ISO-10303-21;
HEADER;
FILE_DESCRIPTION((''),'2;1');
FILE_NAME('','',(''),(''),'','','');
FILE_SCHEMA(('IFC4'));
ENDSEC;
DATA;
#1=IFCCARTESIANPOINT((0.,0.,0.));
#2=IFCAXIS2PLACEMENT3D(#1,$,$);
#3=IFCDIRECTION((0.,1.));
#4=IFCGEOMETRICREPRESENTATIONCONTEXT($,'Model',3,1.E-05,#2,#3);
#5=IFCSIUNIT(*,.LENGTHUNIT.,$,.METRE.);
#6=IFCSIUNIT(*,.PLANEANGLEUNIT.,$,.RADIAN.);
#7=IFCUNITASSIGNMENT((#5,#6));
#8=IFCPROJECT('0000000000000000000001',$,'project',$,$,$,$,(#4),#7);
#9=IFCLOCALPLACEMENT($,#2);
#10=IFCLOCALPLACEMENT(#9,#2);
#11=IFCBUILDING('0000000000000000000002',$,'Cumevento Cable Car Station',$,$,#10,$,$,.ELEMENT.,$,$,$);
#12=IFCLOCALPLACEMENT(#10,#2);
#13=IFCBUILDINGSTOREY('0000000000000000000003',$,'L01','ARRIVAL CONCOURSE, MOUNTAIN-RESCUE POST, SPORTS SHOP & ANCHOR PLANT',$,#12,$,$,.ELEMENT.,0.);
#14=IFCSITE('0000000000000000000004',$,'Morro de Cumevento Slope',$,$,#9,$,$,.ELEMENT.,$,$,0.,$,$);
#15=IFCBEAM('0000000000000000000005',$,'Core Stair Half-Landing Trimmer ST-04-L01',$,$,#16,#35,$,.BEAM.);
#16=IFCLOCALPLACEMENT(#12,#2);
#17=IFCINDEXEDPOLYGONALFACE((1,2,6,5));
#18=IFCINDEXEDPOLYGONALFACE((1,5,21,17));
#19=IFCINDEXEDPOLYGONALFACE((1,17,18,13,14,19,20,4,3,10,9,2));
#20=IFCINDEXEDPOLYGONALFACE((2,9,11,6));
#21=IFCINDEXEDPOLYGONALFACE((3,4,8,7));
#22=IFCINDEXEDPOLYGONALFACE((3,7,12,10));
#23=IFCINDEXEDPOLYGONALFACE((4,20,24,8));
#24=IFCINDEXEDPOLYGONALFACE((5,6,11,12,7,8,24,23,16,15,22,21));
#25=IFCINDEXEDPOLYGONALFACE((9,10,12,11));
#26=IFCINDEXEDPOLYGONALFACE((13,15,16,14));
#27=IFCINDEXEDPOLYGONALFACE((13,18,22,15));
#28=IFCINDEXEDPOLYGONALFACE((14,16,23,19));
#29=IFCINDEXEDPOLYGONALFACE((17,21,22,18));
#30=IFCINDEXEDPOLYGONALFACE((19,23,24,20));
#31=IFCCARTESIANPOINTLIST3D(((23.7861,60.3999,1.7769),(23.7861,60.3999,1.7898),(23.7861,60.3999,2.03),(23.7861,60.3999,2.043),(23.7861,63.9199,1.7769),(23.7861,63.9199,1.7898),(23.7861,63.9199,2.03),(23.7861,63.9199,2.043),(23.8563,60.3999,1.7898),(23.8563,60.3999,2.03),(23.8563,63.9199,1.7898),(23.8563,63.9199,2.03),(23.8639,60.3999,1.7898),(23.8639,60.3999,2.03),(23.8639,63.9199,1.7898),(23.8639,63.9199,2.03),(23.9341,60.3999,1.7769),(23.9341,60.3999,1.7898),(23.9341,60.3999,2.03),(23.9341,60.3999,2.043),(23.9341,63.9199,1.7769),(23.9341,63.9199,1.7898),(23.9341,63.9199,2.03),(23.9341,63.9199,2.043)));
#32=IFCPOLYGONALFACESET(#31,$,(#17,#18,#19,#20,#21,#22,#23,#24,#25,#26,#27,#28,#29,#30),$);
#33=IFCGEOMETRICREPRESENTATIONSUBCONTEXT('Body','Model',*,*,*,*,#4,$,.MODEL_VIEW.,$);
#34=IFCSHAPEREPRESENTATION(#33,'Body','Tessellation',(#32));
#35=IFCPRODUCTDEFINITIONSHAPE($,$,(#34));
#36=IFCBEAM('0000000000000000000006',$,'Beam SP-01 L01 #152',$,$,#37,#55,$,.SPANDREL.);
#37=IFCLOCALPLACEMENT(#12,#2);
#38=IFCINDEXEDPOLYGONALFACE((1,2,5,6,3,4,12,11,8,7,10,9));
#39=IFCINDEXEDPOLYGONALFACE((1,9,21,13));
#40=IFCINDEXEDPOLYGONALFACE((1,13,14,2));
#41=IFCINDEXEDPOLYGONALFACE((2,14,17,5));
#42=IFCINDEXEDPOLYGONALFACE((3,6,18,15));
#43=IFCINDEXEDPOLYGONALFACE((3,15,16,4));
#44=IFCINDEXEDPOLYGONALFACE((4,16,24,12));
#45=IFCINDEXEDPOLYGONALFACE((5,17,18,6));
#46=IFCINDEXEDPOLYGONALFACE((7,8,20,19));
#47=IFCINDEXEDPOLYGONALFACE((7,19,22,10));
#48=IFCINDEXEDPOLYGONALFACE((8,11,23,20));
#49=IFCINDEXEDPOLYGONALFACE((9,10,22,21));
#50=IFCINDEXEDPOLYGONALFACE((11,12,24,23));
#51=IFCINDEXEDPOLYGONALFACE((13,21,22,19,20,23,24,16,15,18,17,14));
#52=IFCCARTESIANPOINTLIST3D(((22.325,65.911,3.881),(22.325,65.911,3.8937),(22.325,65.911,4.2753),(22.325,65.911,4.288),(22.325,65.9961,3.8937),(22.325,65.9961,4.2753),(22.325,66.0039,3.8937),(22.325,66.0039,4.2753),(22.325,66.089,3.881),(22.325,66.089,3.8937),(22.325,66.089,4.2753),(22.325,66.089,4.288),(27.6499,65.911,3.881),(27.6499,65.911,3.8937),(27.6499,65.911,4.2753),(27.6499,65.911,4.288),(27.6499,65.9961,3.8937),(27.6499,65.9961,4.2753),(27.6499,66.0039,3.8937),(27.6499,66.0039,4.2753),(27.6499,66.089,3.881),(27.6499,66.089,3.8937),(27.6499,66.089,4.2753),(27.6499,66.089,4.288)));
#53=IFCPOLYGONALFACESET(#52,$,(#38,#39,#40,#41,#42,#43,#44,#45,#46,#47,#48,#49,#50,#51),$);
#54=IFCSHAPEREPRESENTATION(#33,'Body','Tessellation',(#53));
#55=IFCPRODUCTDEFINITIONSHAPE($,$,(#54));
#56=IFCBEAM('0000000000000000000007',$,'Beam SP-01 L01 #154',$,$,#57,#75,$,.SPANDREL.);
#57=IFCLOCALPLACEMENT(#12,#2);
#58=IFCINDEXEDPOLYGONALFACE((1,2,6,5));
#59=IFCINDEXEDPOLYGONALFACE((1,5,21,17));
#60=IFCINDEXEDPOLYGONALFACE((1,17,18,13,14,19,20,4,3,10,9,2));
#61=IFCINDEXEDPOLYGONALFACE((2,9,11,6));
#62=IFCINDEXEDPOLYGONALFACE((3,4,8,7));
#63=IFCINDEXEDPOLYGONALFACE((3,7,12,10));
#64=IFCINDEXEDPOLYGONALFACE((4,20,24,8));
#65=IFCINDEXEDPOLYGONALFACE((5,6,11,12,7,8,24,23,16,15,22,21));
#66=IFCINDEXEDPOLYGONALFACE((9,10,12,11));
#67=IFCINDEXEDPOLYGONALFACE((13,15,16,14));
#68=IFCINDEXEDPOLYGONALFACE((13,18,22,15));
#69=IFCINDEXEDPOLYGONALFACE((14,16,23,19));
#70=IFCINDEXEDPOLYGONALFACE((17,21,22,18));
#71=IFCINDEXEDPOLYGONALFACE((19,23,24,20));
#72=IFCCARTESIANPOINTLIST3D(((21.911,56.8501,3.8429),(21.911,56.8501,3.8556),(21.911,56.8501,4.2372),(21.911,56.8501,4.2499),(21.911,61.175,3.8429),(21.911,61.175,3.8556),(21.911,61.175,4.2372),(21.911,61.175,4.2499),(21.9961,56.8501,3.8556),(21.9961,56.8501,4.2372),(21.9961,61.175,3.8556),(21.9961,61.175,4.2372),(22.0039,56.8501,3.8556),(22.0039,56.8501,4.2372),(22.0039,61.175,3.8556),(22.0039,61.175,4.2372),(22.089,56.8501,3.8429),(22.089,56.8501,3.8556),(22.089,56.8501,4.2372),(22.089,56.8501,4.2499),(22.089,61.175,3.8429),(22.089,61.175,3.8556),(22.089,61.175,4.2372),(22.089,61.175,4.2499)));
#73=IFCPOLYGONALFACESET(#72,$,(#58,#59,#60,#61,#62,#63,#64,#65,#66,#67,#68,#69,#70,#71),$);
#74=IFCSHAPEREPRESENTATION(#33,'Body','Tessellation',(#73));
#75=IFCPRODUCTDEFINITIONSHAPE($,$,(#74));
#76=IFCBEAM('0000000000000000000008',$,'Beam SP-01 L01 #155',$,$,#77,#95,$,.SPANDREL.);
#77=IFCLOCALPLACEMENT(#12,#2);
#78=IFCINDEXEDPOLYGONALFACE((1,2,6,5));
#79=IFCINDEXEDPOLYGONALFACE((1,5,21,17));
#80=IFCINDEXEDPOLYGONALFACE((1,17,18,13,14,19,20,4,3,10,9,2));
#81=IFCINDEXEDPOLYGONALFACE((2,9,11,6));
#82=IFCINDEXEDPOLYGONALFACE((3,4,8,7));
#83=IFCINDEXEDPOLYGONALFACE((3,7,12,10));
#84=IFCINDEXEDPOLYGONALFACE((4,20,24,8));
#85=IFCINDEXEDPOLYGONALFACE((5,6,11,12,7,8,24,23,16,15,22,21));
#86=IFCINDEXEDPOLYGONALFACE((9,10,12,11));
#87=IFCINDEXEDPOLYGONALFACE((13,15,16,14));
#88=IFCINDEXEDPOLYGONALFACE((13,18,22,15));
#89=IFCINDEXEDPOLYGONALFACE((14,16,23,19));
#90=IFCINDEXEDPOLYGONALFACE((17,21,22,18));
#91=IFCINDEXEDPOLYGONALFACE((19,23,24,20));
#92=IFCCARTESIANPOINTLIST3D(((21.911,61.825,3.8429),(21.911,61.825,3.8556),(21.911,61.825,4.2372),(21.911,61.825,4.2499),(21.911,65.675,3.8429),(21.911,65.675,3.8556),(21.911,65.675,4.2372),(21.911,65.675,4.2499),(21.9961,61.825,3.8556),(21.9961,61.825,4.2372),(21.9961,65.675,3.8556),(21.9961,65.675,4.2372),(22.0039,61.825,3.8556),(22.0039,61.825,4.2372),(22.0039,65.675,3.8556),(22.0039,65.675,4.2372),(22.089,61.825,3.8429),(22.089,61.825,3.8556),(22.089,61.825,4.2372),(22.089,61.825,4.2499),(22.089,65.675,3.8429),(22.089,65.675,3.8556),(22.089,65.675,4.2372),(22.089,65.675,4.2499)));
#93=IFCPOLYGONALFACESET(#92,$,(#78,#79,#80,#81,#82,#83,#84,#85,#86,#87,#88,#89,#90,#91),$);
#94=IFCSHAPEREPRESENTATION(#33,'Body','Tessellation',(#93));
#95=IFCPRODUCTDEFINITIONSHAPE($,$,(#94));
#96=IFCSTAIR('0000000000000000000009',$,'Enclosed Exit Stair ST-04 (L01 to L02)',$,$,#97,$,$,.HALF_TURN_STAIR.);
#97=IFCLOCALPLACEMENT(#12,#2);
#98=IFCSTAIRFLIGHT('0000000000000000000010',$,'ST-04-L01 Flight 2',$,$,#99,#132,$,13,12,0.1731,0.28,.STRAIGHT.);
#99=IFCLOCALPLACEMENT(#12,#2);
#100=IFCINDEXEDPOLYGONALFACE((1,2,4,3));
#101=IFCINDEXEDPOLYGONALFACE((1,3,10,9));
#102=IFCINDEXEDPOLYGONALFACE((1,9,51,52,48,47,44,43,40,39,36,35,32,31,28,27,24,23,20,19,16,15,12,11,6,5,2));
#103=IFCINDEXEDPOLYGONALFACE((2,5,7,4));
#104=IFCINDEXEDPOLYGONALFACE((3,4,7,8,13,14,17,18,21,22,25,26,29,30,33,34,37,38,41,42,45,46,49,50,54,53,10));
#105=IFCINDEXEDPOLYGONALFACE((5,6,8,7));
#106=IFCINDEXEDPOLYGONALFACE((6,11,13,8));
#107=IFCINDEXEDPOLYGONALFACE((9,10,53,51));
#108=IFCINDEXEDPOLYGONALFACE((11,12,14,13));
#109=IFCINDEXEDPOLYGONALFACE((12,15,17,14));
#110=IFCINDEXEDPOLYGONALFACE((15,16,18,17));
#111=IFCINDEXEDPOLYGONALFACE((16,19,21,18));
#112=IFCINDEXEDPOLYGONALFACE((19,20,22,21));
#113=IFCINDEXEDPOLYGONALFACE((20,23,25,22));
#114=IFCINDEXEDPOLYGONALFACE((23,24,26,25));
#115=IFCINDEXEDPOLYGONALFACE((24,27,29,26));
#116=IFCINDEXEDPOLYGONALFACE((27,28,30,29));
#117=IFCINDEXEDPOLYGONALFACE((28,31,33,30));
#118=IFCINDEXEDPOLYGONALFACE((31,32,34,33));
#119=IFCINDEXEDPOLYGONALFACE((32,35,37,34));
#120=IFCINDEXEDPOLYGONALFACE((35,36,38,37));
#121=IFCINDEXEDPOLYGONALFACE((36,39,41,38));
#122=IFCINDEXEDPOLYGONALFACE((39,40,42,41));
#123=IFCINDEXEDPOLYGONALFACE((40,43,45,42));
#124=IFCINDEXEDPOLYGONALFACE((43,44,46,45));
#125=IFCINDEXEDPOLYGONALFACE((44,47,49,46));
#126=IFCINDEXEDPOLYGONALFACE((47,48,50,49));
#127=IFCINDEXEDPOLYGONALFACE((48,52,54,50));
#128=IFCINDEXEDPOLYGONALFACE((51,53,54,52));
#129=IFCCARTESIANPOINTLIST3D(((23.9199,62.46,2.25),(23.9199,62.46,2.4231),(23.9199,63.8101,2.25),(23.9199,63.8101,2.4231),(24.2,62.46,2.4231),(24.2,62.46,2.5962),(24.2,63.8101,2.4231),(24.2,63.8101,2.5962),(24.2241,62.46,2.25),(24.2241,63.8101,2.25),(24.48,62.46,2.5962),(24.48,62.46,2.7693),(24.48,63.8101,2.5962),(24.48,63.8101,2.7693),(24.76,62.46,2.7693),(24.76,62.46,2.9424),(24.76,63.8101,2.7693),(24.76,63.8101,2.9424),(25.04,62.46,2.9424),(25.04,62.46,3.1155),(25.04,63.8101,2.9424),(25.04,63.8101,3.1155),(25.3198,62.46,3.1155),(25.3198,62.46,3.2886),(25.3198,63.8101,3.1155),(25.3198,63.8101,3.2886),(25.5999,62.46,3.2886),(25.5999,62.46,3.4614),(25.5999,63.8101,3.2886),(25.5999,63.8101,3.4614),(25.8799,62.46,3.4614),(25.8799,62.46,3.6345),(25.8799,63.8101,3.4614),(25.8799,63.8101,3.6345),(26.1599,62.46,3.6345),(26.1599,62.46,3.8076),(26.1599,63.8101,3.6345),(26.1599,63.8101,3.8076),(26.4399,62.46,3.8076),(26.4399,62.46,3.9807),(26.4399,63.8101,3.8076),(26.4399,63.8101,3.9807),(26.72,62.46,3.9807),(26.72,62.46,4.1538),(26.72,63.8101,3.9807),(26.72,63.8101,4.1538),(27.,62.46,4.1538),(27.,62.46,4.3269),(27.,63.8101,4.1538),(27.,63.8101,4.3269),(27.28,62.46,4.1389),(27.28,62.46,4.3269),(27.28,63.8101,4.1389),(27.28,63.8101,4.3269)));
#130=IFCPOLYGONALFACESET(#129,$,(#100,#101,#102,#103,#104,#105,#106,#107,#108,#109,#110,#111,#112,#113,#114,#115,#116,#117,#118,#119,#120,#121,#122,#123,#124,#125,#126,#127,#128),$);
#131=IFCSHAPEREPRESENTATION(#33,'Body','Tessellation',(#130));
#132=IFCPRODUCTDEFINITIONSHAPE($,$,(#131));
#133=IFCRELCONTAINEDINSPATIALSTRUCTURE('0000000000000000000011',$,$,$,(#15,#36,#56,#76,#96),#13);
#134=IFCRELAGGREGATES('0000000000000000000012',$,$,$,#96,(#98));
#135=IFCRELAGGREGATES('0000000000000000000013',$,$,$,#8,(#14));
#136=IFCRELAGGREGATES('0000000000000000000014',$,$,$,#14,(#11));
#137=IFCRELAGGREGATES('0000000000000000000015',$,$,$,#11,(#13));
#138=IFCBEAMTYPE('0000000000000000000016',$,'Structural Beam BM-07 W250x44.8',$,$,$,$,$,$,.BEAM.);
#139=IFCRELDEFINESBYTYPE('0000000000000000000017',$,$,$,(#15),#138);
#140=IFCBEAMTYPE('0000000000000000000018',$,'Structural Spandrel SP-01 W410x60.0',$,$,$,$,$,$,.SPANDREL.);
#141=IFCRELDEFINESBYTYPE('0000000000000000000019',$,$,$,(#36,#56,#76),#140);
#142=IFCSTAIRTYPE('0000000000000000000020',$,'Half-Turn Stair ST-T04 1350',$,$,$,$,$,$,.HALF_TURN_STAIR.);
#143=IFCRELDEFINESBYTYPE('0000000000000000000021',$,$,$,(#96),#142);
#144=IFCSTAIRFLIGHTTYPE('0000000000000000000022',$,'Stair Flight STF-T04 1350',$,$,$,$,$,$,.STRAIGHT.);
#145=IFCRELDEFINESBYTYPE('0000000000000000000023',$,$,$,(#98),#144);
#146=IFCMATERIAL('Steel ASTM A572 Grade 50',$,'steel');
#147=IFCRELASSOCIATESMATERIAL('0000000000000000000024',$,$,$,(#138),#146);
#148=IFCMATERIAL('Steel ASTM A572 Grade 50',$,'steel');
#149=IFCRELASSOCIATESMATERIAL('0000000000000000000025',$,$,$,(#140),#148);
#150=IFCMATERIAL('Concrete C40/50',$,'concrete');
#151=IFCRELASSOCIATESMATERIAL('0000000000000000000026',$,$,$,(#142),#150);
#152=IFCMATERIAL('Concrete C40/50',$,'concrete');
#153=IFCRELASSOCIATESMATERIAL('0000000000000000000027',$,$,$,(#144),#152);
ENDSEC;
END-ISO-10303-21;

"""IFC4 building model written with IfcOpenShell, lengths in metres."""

from ifc_helpers import new_model, si_unit, direction, frame, origin, origin_2d, place, context, subcontext, project, spatial, polyline, i_section, outline, extrude, material, material_profile, profile_set, type_object, element, aggregate, save


model = new_model("IFC4")

# Units and contexts
model_context = context("Model", 3, precision=1e-05, world=origin(), true_north=direction((0.0, 1.0)))
body_context = subcontext(model_context, "Body", "Model", "MODEL_VIEW")
ifc_project = project(units=[si_unit("LENGTHUNIT", "METRE"), si_unit("PLANEANGLEUNIT", "RADIAN")], contexts=[model_context])

# Site, building, storey
site_placement = place(None, origin())
site = spatial("IfcSite", under=ifc_project, at=site_placement, Name="Morro de Cumevento Slope", CompositionType="ELEMENT", RefElevation=0.0)
building_placement = place(site_placement, origin())
building = spatial("IfcBuilding", under=site, at=building_placement, Name="Cumevento Cable Car Station", CompositionType="ELEMENT")
storey_placement = place(building_placement, origin())
storey = spatial("IfcBuildingStorey", under=building, at=storey_placement, Name="L01", Description="ARRIVAL CONCOURSE, MOUNTAIN-RESCUE POST, SPORTS SHOP & ANCHOR PLANT", CompositionType="ELEMENT", Elevation=0.0)

# Beams
ifc_material_1 = material(Name="Steel ASTM A572 Grade 50", Category="steel")
ifc_material_profile_1 = material_profile(ifc_material_1, i_section(OverallWidth=0.1479, OverallDepth=0.2661, WebThickness=0.0076, FlangeThickness=0.0129, at=origin_2d()), Name="W250x44.8")
ifc_profile_set_1 = profile_set([ifc_material_profile_1], Name="Steel ASTM A572 Grade 50")
beam_type_1 = type_object("IfcBeamType", Name="Structural Beam BM-07 W250x44.8", PredefinedType="BEAM", material=ifc_profile_set_1)
beam_1_placement = place(storey_placement, frame((23.8601, 60.3999, 1.9099), z_axis=(0.0, 1.0, 0.0), x_axis=(-1.0, 0.0, 0.0)))
element("IfcBeam", 1, at=beam_1_placement, inside=storey, type_object=beam_type_1, Name="Core Stair Half-Landing Trimmer ST-04-L01", PredefinedType="BEAM", context=body_context, shape_type="SweptSolid", body=[
    extrude(i_section(OverallWidth=0.1479, OverallDepth=0.2661, WebThickness=0.0076, FlangeThickness=0.0129, at=origin_2d()), origin(), (0.0, 0.0, 1.0), 3.52),
])
ifc_material_2 = material(Name="Steel ASTM A572 Grade 50", Category="steel")
ifc_material_profile_2 = material_profile(ifc_material_2, i_section(OverallWidth=0.178, OverallDepth=0.407, WebThickness=0.0078, FlangeThickness=0.0127, at=origin_2d()), Name="W410x60.0")
ifc_profile_set_2 = profile_set([ifc_material_profile_2], Name="Steel ASTM A572 Grade 50")
beam_type_2 = type_object("IfcBeamType", Name="Structural Spandrel SP-01 W410x60.0", PredefinedType="SPANDREL", material=ifc_profile_set_2)
beam_2_placement = place(storey_placement, frame((22.325, 66.0, 4.0845), z_axis=(1.0, 0.0, 0.0), x_axis=(0.0, 1.0, 0.0)))
element("IfcBeam", 2, at=beam_2_placement, inside=storey, type_object=beam_type_2, Name="Beam SP-01 L01 #152", PredefinedType="SPANDREL", context=body_context, shape_type="SweptSolid", body=[
    extrude(i_section(OverallWidth=0.178, OverallDepth=0.407, WebThickness=0.0078, FlangeThickness=0.0127, at=origin_2d()), origin(), (0.0, 0.0, 1.0), 5.325),
])
beam_3_placement = place(storey_placement, frame((22.0, 56.8501, 4.0464), z_axis=(0.0, 1.0, 0.0), x_axis=(-1.0, 0.0, 0.0)))
element("IfcBeam", 3, at=beam_3_placement, inside=storey, type_object=beam_type_2, Name="Beam SP-01 L01 #154", PredefinedType="SPANDREL", context=body_context, shape_type="SweptSolid", body=[
    extrude(i_section(OverallWidth=0.178, OverallDepth=0.407, WebThickness=0.0078, FlangeThickness=0.0127, at=origin_2d()), origin(), (0.0, 0.0, 1.0), 4.325),
])
beam_4_placement = place(storey_placement, frame((22.0, 61.825, 4.0464), z_axis=(0.0, 1.0, 0.0), x_axis=(-1.0, 0.0, 0.0)))
element("IfcBeam", 4, at=beam_4_placement, inside=storey, type_object=beam_type_2, Name="Beam SP-01 L01 #155", PredefinedType="SPANDREL", context=body_context, shape_type="SweptSolid", body=[
    extrude(i_section(OverallWidth=0.178, OverallDepth=0.407, WebThickness=0.0078, FlangeThickness=0.0127, at=origin_2d()), origin(), (0.0, 0.0, 1.0), 3.8501),
])

# Stair, stair flight
ifc_material_3 = material(Name="Concrete C40/50", Category="concrete")
stair_type = type_object("IfcStairType", Name="Half-Turn Stair ST-T04 1350", PredefinedType="HALF_TURN_STAIR", material=ifc_material_3)
stair_placement = place(storey_placement, origin())
stair = element("IfcStair", 5, at=stair_placement, inside=storey, type_object=stair_type, Name="Enclosed Exit Stair ST-04 (L01 to L02)", PredefinedType="HALF_TURN_STAIR")
ifc_material_4 = material(Name="Concrete C40/50", Category="concrete")
stair_flight_type = type_object("IfcStairFlightType", Name="Stair Flight STF-T04 1350", PredefinedType="STRAIGHT", material=ifc_material_4)
stair_flight_placement = place(storey_placement, frame((23.9199, 63.135, 2.25), z_axis=(0.0, 0.0, 1.0), x_axis=(1.0, 0.0, 0.0)))
stair_flight = element("IfcStairFlight", 6, at=stair_flight_placement, type_object=stair_flight_type, Name="ST-04-L01 Flight 2", NumberOfRisers=13, NumberOfTreads=12, PredefinedType="STRAIGHT", RiserHeight=0.1731, TreadLength=0.28, context=body_context, shape_type="SweptSolid", body=[
    extrude(outline(polyline([(0.0, 0.0), (0.0, 0.1731), (0.28, 0.1731), (0.28, 0.3462), (0.5601, 0.3462), (0.5601, 0.5193), (0.8401, 0.5193), (0.8401, 0.6924), (1.1201, 0.6924), (1.1201, 0.8655), (1.3999, 0.8655), (1.3999, 1.0386), (1.6799, 1.0386), (1.6799, 1.2114), (1.96, 1.2114), (1.96, 1.3845), (2.24, 1.3845), (2.24, 1.5576), (2.52, 1.5576), (2.52, 1.7307), (2.8, 1.7307), (2.8, 1.9038), (3.0801, 1.9038), (3.0801, 2.0769), (3.3601, 2.0769), (3.3601, 2.25), (3.3601, 1.8889), (0.3042, 0.0), (0.0, 0.0)])), frame((0.0, 0.675, 0.0), z_axis=(0.0, -1.0, 0.0), x_axis=(1.0, 0.0, 0.0)), (0.0, 0.0, 1.0), 1.3501),
])
aggregate(stair, [stair_flight])

save(model, "model.ifc")
